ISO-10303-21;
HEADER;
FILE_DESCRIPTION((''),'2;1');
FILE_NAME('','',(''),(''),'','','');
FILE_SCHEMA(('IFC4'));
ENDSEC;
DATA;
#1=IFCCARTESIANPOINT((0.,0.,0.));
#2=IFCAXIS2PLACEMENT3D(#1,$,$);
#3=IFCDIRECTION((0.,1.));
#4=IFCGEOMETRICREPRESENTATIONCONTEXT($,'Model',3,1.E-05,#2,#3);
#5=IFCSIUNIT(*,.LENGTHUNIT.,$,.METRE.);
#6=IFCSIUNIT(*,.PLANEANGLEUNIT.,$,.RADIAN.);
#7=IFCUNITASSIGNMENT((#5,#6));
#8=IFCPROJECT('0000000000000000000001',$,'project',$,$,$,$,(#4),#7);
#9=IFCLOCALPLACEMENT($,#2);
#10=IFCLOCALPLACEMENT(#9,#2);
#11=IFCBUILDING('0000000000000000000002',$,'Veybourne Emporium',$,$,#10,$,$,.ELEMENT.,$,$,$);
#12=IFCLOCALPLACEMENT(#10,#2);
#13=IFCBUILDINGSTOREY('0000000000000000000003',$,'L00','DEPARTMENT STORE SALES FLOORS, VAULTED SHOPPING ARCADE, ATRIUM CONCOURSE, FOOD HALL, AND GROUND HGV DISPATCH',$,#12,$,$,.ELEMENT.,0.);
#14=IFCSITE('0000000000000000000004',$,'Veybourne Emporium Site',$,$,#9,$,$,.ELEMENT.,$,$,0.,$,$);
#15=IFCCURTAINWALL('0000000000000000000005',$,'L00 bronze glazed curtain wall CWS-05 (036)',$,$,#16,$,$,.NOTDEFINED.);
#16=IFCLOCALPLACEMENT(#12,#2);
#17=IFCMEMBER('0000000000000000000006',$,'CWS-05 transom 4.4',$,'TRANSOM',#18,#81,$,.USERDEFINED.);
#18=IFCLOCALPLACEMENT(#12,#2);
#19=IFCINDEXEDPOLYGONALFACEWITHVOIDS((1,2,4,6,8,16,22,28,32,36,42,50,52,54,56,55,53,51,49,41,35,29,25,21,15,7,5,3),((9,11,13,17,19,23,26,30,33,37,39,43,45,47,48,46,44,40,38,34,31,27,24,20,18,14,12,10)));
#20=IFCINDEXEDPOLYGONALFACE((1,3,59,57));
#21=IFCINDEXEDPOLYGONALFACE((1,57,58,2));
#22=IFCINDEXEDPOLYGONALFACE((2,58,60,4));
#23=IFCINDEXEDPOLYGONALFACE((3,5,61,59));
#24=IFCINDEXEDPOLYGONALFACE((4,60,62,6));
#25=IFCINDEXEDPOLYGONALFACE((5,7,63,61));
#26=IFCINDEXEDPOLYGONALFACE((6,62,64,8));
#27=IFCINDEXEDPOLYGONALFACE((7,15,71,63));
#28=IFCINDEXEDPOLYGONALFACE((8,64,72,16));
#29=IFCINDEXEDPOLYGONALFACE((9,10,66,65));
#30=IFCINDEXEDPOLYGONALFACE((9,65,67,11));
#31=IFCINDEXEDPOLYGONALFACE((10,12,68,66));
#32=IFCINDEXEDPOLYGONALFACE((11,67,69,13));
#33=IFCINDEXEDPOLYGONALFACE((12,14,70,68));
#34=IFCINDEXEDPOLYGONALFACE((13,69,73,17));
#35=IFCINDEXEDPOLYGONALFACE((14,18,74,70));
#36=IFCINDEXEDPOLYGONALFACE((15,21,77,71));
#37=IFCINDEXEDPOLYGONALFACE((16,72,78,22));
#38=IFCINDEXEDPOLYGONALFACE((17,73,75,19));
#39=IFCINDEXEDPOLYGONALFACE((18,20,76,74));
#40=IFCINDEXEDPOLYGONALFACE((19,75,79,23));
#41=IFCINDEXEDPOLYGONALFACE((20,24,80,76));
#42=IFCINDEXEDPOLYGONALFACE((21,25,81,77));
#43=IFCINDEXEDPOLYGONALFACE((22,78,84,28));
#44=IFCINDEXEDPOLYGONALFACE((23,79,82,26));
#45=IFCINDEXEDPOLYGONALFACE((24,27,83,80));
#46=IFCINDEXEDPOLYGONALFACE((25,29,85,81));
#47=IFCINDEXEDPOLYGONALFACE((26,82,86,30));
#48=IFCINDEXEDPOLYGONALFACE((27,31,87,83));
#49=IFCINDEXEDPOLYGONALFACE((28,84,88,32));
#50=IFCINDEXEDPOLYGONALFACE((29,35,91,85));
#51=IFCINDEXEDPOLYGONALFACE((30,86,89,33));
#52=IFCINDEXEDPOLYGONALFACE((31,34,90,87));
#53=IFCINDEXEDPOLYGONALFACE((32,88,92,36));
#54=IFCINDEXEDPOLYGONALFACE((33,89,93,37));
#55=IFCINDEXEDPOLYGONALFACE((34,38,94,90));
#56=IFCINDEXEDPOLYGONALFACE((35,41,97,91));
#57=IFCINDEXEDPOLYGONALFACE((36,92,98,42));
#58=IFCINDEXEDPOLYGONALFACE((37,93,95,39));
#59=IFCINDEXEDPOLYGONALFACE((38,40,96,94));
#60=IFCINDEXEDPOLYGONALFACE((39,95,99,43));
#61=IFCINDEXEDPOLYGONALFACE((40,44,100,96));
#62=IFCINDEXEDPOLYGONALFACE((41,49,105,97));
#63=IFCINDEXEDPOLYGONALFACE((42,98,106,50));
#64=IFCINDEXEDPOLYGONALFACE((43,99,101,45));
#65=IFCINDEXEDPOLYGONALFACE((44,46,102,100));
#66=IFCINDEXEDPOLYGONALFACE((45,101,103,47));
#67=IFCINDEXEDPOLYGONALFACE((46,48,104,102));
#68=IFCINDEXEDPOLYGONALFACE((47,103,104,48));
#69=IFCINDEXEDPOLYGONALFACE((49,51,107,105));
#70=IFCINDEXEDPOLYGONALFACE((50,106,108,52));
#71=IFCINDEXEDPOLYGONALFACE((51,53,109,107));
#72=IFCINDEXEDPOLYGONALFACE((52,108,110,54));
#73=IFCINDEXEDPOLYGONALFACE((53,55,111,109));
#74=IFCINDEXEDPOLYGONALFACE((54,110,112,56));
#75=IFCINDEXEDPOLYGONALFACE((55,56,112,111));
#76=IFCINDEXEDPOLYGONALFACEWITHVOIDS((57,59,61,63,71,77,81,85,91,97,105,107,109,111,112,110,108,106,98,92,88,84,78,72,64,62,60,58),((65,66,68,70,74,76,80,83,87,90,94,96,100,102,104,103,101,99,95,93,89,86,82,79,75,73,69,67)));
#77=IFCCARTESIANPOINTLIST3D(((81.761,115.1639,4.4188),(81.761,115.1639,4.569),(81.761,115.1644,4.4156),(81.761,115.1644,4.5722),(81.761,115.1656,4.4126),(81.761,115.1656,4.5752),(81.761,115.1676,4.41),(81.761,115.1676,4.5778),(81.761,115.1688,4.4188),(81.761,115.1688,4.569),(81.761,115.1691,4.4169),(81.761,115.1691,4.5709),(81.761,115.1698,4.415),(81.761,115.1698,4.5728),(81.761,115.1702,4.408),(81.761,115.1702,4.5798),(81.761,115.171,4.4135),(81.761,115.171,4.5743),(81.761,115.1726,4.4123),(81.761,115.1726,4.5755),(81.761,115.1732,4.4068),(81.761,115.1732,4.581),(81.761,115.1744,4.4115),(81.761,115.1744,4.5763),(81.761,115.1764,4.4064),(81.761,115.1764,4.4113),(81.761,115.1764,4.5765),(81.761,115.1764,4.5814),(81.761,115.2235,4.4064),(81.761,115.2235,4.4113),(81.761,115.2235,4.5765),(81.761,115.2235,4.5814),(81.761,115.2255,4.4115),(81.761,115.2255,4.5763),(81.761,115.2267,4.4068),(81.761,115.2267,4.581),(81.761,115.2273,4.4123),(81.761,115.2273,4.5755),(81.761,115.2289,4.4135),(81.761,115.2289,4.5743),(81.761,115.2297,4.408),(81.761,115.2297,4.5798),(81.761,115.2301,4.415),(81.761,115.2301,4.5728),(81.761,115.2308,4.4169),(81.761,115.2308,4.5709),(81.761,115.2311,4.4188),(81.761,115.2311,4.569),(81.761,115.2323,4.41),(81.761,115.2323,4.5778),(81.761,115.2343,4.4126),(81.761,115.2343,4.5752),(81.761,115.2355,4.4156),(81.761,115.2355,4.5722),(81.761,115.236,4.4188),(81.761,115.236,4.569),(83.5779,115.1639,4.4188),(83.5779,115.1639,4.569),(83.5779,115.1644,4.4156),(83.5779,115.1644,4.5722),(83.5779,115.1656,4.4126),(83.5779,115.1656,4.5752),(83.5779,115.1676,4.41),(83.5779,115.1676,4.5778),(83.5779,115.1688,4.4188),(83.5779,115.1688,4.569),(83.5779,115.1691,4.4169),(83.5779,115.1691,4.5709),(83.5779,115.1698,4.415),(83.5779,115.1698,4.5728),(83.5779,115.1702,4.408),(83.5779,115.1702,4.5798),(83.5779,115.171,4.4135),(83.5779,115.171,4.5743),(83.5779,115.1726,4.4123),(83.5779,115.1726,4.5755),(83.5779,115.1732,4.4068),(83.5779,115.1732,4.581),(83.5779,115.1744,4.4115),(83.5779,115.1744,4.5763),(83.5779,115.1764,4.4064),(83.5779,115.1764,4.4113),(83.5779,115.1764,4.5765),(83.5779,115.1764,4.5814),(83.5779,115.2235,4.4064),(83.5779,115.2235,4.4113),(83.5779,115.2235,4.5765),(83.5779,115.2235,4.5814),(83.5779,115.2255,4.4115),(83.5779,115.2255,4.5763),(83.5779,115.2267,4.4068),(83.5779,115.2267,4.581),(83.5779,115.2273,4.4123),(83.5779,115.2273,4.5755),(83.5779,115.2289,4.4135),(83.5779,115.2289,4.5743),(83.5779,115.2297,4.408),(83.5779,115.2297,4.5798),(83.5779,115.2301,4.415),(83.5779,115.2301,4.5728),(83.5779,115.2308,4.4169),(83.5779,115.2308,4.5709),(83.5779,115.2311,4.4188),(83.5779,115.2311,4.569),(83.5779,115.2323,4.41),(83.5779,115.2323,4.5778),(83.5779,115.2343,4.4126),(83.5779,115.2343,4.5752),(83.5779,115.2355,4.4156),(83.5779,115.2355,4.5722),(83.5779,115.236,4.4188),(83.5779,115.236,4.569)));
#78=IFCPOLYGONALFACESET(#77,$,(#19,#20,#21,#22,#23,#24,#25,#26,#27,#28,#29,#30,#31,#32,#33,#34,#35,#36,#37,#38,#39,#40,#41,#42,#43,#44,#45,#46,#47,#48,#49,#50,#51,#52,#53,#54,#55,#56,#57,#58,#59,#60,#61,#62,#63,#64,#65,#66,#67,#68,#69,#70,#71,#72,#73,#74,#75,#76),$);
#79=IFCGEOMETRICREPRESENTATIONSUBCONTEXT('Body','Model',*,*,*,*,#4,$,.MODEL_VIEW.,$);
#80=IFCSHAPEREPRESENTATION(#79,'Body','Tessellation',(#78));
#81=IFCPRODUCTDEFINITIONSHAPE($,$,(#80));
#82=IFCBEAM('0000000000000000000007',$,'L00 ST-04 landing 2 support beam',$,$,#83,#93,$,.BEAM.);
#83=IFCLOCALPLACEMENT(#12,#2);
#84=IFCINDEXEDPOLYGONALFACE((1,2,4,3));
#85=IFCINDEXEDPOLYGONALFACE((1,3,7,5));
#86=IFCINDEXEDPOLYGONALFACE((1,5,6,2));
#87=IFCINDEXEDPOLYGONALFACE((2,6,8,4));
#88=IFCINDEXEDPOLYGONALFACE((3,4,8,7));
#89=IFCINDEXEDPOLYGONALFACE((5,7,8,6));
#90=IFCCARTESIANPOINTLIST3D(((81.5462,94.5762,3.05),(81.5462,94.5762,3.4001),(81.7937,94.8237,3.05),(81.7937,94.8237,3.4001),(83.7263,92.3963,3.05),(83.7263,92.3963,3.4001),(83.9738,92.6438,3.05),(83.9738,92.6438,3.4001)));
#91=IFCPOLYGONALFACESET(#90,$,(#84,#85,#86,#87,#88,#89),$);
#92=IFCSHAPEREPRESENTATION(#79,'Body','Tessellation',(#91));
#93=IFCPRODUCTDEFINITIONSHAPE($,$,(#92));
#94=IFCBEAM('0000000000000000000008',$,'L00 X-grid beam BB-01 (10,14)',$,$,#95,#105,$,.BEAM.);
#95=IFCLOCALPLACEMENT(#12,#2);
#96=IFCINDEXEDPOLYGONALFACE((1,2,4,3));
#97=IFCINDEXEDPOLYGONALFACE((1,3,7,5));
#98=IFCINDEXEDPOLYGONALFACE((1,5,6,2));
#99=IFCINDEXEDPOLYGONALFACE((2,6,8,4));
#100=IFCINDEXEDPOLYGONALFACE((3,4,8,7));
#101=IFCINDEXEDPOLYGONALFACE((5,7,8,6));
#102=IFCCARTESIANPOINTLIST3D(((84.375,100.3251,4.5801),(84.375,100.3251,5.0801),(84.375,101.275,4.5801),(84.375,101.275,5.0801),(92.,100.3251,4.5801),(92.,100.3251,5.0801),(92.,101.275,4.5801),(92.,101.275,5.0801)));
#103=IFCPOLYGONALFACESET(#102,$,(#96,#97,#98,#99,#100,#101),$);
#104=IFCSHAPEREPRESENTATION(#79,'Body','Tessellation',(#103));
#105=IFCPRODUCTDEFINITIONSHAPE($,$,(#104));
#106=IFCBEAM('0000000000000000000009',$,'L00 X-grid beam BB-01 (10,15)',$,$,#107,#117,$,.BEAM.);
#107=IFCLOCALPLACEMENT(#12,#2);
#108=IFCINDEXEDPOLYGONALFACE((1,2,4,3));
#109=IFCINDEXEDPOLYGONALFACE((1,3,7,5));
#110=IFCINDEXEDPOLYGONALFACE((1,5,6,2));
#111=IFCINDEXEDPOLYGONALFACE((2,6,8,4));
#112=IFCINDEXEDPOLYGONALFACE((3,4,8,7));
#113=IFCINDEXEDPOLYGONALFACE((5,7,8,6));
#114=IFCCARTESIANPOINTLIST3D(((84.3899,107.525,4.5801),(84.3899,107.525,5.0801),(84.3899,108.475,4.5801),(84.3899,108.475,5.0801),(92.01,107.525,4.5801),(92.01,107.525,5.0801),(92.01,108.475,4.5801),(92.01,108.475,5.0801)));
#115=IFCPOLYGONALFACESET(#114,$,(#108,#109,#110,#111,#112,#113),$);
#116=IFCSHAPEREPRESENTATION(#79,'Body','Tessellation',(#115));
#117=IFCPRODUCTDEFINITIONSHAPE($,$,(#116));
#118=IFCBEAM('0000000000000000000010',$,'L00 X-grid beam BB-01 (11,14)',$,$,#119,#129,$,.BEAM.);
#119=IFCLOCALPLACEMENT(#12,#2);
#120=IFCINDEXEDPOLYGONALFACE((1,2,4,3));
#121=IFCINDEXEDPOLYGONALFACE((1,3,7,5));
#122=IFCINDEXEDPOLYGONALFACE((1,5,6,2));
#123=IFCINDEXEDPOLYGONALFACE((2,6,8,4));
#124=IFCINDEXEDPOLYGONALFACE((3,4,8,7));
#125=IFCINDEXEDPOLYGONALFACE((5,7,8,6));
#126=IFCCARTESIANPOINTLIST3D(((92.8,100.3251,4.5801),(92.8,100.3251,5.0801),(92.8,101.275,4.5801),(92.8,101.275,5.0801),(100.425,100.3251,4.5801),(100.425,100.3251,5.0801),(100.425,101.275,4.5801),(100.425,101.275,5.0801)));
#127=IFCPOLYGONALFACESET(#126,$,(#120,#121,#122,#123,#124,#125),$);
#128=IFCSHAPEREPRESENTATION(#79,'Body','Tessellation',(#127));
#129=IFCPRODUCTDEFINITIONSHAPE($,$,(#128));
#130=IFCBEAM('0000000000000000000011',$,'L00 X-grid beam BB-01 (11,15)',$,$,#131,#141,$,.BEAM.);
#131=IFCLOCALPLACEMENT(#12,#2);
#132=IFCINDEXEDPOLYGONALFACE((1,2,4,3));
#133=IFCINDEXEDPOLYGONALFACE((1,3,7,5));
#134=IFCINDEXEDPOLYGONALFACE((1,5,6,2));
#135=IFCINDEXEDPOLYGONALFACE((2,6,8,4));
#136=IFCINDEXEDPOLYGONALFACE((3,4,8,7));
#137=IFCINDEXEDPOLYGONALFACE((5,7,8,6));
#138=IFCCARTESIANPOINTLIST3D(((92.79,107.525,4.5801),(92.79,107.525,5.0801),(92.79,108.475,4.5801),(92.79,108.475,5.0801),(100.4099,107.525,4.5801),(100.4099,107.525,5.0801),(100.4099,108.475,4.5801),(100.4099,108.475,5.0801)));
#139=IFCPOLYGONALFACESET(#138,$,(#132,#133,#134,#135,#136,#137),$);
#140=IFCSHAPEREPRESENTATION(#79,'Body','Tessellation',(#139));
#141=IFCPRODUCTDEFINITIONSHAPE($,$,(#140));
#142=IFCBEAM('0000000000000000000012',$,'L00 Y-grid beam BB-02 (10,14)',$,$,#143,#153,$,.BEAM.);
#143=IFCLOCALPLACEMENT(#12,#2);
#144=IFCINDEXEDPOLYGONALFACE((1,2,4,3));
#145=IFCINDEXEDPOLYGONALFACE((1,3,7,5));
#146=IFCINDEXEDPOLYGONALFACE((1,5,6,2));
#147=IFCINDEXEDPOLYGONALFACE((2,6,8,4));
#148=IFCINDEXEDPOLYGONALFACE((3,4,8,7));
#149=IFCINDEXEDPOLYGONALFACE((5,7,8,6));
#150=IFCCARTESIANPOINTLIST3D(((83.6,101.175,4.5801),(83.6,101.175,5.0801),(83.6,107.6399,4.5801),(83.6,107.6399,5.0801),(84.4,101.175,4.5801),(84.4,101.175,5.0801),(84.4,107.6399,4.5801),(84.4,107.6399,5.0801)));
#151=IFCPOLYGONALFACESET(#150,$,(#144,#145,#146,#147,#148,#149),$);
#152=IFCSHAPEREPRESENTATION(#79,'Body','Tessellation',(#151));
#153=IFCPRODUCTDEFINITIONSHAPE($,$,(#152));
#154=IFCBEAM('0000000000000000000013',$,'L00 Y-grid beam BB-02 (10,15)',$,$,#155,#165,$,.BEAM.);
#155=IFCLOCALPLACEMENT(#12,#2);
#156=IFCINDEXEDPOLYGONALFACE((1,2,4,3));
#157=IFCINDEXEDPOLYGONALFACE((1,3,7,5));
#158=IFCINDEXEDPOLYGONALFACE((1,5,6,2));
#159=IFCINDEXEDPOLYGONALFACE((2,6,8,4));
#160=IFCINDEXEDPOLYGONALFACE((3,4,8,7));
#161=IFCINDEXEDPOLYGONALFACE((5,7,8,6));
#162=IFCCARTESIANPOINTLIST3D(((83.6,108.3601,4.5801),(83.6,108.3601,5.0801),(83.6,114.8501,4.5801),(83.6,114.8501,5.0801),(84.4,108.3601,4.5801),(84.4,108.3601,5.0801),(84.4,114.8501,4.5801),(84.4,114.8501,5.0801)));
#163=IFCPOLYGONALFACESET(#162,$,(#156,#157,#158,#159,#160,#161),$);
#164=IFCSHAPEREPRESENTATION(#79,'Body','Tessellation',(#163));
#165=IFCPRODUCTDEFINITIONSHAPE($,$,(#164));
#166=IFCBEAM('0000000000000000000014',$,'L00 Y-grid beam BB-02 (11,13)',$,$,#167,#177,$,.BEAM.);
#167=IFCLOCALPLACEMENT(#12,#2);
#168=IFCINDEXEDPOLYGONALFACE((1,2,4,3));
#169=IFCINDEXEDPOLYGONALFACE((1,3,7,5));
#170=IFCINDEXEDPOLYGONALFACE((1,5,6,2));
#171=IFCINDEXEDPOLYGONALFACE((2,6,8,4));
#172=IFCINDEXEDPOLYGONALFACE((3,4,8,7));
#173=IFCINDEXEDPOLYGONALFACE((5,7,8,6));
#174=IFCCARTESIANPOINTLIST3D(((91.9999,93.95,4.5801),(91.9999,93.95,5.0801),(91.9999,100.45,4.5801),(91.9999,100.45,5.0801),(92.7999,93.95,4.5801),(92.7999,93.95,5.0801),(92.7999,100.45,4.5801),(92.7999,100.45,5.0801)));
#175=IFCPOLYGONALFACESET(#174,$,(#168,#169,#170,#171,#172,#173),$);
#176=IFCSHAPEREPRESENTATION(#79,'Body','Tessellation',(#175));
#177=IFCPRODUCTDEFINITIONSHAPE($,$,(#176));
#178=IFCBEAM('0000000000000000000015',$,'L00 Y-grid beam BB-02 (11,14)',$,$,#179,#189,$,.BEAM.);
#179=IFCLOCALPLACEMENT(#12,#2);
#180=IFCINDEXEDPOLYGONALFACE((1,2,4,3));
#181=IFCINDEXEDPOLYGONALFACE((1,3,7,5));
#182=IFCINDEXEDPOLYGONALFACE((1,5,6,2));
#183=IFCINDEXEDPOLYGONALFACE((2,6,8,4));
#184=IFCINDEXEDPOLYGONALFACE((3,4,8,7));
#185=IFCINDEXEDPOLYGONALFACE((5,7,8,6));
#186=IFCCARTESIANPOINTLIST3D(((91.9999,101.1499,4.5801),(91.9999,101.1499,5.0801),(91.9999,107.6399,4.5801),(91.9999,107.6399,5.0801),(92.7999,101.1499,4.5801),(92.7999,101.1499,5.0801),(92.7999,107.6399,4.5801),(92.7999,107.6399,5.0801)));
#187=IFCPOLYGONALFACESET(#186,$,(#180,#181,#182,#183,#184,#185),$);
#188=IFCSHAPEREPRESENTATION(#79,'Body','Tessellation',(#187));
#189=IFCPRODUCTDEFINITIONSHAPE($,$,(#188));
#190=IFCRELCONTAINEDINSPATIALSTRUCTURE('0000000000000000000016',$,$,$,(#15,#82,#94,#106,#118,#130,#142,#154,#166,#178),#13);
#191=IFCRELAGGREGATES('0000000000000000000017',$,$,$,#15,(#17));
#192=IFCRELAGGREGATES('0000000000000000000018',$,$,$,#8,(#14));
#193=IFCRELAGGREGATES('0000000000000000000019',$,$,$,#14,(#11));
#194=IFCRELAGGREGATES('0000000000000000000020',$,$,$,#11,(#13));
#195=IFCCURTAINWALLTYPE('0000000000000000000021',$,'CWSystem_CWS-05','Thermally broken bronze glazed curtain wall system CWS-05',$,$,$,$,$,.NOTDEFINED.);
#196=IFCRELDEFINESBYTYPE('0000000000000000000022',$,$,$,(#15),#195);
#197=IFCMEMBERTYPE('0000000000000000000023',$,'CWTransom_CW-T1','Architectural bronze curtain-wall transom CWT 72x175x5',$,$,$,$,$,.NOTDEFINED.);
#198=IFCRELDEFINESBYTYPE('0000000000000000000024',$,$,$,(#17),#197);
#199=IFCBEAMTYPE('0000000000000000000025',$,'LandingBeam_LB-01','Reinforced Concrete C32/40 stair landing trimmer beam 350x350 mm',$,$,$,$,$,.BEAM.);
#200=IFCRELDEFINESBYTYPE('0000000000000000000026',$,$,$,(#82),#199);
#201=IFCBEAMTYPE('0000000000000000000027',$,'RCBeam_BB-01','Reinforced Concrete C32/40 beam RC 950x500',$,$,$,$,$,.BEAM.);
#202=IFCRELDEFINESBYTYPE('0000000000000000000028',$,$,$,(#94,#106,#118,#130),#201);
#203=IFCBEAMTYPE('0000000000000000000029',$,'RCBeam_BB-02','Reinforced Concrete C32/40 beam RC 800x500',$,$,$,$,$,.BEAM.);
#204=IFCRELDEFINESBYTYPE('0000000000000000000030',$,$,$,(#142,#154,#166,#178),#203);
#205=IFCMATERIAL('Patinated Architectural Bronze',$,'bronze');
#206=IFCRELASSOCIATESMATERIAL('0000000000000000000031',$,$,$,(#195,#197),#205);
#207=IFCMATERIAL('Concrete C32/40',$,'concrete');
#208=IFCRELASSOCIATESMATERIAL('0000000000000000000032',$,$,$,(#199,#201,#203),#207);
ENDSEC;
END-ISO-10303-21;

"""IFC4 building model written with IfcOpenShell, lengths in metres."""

from ifc_helpers import new_model, si_unit, direction, frame, origin, origin_2d, place, context, subcontext, project, spatial, rectangle, hollow_rectangle, extrude, material, material_profile, profile_set, type_object, element, aggregate, save


model = new_model("IFC4")

# Units and contexts
model_context = context("Model", 3, precision=1e-05, world=origin(), true_north=direction((0.0, 1.0)))
body_context = subcontext(model_context, "Body", "Model", "MODEL_VIEW")
ifc_project = project(units=[si_unit("LENGTHUNIT", "METRE"), si_unit("PLANEANGLEUNIT", "RADIAN")], contexts=[model_context])

# Site, building, storey
site_placement = place(None, origin())
site = spatial("IfcSite", under=ifc_project, at=site_placement, Name="Veybourne Emporium Site", CompositionType="ELEMENT", RefElevation=0.0)
building_placement = place(site_placement, origin())
building = spatial("IfcBuilding", under=site, at=building_placement, Name="Veybourne Emporium", CompositionType="ELEMENT")
storey_placement = place(building_placement, origin())
storey = spatial("IfcBuildingStorey", under=building, at=storey_placement, Name="L00", Description="DEPARTMENT STORE SALES FLOORS, VAULTED SHOPPING ARCADE, ATRIUM CONCOURSE, FOOD HALL, AND GROUND HGV DISPATCH", CompositionType="ELEMENT", Elevation=0.0)

# Curtain wall, member
ifc_material_1 = material(Name="Patinated Architectural Bronze", Category="bronze")
curtain_wall_type = type_object("IfcCurtainWallType", Name="CWSystem_CWS-05", Description="Thermally broken bronze glazed curtain wall system CWS-05", PredefinedType="NOTDEFINED", material=ifc_material_1)
curtain_wall_placement = place(storey_placement, origin())
curtain_wall = element("IfcCurtainWall", 1, at=curtain_wall_placement, inside=storey, type_object=curtain_wall_type, Name="L00 bronze glazed curtain wall CWS-05 (036)", PredefinedType="NOTDEFINED")
ifc_material_profile_1 = material_profile(ifc_material_1, hollow_rectangle(XDim=0.072, YDim=0.175, WallThickness=0.0049, InnerFilletRadius=0.0076, OuterFilletRadius=0.0125, at=origin_2d()), Name="CWT 72x175x5")
ifc_profile_set_1 = profile_set([ifc_material_profile_1], Name="Patinated Architectural Bronze")
member_type_1 = type_object("IfcMemberType", Name="CWTransom_CW-T1", Description="Architectural bronze curtain-wall transom CWT 72x175x5", PredefinedType="NOTDEFINED", material=ifc_profile_set_1)
member_1_placement = place(storey_placement, frame((81.761, 115.2, 4.4939), z_axis=(1.0, 0.0, 0.0), x_axis=(0.0, 1.0, 0.0)))
member_1 = element("IfcMember", 2, at=member_1_placement, type_object=member_type_1, Name="CWS-05 transom 4.4", ObjectType="TRANSOM", PredefinedType="USERDEFINED", context=body_context, shape_type="SweptSolid", body=[
    extrude(hollow_rectangle(XDim=0.072, YDim=0.175, WallThickness=0.0049, InnerFilletRadius=0.0076, OuterFilletRadius=0.0125, at=origin_2d()), origin(), (0.0, 0.0, 1.0), 1.8169),
])

# Beams
ifc_material_2 = material(Name="Concrete C32/40", Category="concrete")
ifc_material_profile_2 = material_profile(ifc_material_2, rectangle(XDim=0.3501, YDim=0.3501, at=origin_2d()), Name="RC 350x350")
ifc_profile_set_2 = profile_set([ifc_material_profile_2], Name="Concrete C32/40")
beam_type_1 = type_object("IfcBeamType", Name="LandingBeam_LB-01", Description="Reinforced Concrete C32/40 stair landing trimmer beam 350x350 mm", PredefinedType="BEAM", material=ifc_profile_set_2)
beam_1_placement = place(storey_placement, frame((81.6699, 94.7, 3.2251), z_axis=(0.707146, -0.707067, 0.0), x_axis=(0.707067, 0.707146, 0.0)))
element("IfcBeam", 3, at=beam_1_placement, inside=storey, type_object=beam_type_1, Name="L00 ST-04 landing 2 support beam", PredefinedType="BEAM", context=body_context, shape_type="SweptSolid", body=[
    extrude(rectangle(XDim=0.3501, YDim=0.3501, at=origin_2d()), origin(), (0.0, 0.0, 1.0), 3.083),
])
ifc_material_profile_3 = material_profile(ifc_material_2, rectangle(XDim=0.95, YDim=0.5, at=origin_2d()), Name="RC 950x500")
ifc_profile_set_3 = profile_set([ifc_material_profile_3], Name="Concrete C32/40")
beam_type_2 = type_object("IfcBeamType", Name="RCBeam_BB-01", Description="Reinforced Concrete C32/40 beam RC 950x500", PredefinedType="BEAM", material=ifc_profile_set_3)
beam_2_placement = place(storey_placement, frame((84.375, 100.8, 4.8301), z_axis=(1.0, 0.0, 0.0), x_axis=(0.0, 1.0, 0.0)))
element("IfcBeam", 4, at=beam_2_placement, inside=storey, type_object=beam_type_2, Name="L00 X-grid beam BB-01 (10,14)", PredefinedType="BEAM", context=body_context, shape_type="SweptSolid", body=[
    extrude(rectangle(XDim=0.95, YDim=0.5, at=origin_2d()), origin(), (0.0, 0.0, 1.0), 7.625),
])
beam_3_placement = place(storey_placement, frame((84.3899, 108.0, 4.8301), z_axis=(1.0, 0.0, 0.0), x_axis=(0.0, 1.0, 0.0)))
element("IfcBeam", 5, at=beam_3_placement, inside=storey, type_object=beam_type_2, Name="L00 X-grid beam BB-01 (10,15)", PredefinedType="BEAM", context=body_context, shape_type="SweptSolid", body=[
    extrude(rectangle(XDim=0.95, YDim=0.5, at=origin_2d()), origin(), (0.0, 0.0, 1.0), 7.6201),
])
beam_4_placement = place(storey_placement, frame((92.8, 100.8, 4.8301), z_axis=(1.0, 0.0, 0.0), x_axis=(0.0, 1.0, 0.0)))
element("IfcBeam", 6, at=beam_4_placement, inside=storey, type_object=beam_type_2, Name="L00 X-grid beam BB-01 (11,14)", PredefinedType="BEAM", context=body_context, shape_type="SweptSolid", body=[
    extrude(rectangle(XDim=0.95, YDim=0.5, at=origin_2d()), origin(), (0.0, 0.0, 1.0), 7.625),
])
beam_5_placement = place(storey_placement, frame((92.79, 108.0, 4.8301), z_axis=(1.0, 0.0, 0.0), x_axis=(0.0, 1.0, 0.0)))
element("IfcBeam", 7, at=beam_5_placement, inside=storey, type_object=beam_type_2, Name="L00 X-grid beam BB-01 (11,15)", PredefinedType="BEAM", context=body_context, shape_type="SweptSolid", body=[
    extrude(rectangle(XDim=0.95, YDim=0.5, at=origin_2d()), origin(), (0.0, 0.0, 1.0), 7.6199),
])
ifc_material_profile_4 = material_profile(ifc_material_2, rectangle(XDim=0.8, YDim=0.5, at=origin_2d()), Name="RC 800x500")
ifc_profile_set_4 = profile_set([ifc_material_profile_4], Name="Concrete C32/40")
beam_type_3 = type_object("IfcBeamType", Name="RCBeam_BB-02", Description="Reinforced Concrete C32/40 beam RC 800x500", PredefinedType="BEAM", material=ifc_profile_set_4)
beam_6_placement = place(storey_placement, frame((84.0, 101.175, 4.8301), z_axis=(0.0, 1.0, 0.0), x_axis=(-1.0, 0.0, 0.0)))
element("IfcBeam", 8, at=beam_6_placement, inside=storey, type_object=beam_type_3, Name="L00 Y-grid beam BB-02 (10,14)", PredefinedType="BEAM", context=body_context, shape_type="SweptSolid", body=[
    extrude(rectangle(XDim=0.8, YDim=0.5, at=origin_2d()), origin(), (0.0, 0.0, 1.0), 6.4648),
])
beam_7_placement = place(storey_placement, frame((84.0, 108.3601, 4.8301), z_axis=(0.0, 1.0, 0.0), x_axis=(-1.0, 0.0, 0.0)))
element("IfcBeam", 9, at=beam_7_placement, inside=storey, type_object=beam_type_3, Name="L00 Y-grid beam BB-02 (10,15)", PredefinedType="BEAM", context=body_context, shape_type="SweptSolid", body=[
    extrude(rectangle(XDim=0.8, YDim=0.5, at=origin_2d()), origin(), (0.0, 0.0, 1.0), 6.49),
])
beam_8_placement = place(storey_placement, frame((92.3999, 93.95, 4.8301), z_axis=(0.0, 1.0, 0.0), x_axis=(-1.0, 0.0, 0.0)))
element("IfcBeam", 10, at=beam_8_placement, inside=storey, type_object=beam_type_3, Name="L00 Y-grid beam BB-02 (11,13)", PredefinedType="BEAM", context=body_context, shape_type="SweptSolid", body=[
    extrude(rectangle(XDim=0.8, YDim=0.5, at=origin_2d()), origin(), (0.0, 0.0, 1.0), 6.5),
])
for number, where, z_axis, x_axis, name in (
    (11, (92.3999, 101.1499, 4.8301), (0.0, 1.0, 0.0), (-1.0, 0.0, 0.0), "L00 Y-grid beam BB-02 (11,14)"),
):
    element("IfcBeam", number, at=place(storey_placement, frame(where, z_axis=z_axis, x_axis=x_axis)), inside=storey, type_object=beam_type_3, Name=name, PredefinedType="BEAM", context=body_context, shape_type="SweptSolid", body=[
        extrude(rectangle(XDim=0.8, YDim=0.5, at=origin_2d()), origin(), (0.0, 0.0, 1.0), 6.49),
    ])

aggregate(curtain_wall, [member_1])

save(model, "model.ifc")
